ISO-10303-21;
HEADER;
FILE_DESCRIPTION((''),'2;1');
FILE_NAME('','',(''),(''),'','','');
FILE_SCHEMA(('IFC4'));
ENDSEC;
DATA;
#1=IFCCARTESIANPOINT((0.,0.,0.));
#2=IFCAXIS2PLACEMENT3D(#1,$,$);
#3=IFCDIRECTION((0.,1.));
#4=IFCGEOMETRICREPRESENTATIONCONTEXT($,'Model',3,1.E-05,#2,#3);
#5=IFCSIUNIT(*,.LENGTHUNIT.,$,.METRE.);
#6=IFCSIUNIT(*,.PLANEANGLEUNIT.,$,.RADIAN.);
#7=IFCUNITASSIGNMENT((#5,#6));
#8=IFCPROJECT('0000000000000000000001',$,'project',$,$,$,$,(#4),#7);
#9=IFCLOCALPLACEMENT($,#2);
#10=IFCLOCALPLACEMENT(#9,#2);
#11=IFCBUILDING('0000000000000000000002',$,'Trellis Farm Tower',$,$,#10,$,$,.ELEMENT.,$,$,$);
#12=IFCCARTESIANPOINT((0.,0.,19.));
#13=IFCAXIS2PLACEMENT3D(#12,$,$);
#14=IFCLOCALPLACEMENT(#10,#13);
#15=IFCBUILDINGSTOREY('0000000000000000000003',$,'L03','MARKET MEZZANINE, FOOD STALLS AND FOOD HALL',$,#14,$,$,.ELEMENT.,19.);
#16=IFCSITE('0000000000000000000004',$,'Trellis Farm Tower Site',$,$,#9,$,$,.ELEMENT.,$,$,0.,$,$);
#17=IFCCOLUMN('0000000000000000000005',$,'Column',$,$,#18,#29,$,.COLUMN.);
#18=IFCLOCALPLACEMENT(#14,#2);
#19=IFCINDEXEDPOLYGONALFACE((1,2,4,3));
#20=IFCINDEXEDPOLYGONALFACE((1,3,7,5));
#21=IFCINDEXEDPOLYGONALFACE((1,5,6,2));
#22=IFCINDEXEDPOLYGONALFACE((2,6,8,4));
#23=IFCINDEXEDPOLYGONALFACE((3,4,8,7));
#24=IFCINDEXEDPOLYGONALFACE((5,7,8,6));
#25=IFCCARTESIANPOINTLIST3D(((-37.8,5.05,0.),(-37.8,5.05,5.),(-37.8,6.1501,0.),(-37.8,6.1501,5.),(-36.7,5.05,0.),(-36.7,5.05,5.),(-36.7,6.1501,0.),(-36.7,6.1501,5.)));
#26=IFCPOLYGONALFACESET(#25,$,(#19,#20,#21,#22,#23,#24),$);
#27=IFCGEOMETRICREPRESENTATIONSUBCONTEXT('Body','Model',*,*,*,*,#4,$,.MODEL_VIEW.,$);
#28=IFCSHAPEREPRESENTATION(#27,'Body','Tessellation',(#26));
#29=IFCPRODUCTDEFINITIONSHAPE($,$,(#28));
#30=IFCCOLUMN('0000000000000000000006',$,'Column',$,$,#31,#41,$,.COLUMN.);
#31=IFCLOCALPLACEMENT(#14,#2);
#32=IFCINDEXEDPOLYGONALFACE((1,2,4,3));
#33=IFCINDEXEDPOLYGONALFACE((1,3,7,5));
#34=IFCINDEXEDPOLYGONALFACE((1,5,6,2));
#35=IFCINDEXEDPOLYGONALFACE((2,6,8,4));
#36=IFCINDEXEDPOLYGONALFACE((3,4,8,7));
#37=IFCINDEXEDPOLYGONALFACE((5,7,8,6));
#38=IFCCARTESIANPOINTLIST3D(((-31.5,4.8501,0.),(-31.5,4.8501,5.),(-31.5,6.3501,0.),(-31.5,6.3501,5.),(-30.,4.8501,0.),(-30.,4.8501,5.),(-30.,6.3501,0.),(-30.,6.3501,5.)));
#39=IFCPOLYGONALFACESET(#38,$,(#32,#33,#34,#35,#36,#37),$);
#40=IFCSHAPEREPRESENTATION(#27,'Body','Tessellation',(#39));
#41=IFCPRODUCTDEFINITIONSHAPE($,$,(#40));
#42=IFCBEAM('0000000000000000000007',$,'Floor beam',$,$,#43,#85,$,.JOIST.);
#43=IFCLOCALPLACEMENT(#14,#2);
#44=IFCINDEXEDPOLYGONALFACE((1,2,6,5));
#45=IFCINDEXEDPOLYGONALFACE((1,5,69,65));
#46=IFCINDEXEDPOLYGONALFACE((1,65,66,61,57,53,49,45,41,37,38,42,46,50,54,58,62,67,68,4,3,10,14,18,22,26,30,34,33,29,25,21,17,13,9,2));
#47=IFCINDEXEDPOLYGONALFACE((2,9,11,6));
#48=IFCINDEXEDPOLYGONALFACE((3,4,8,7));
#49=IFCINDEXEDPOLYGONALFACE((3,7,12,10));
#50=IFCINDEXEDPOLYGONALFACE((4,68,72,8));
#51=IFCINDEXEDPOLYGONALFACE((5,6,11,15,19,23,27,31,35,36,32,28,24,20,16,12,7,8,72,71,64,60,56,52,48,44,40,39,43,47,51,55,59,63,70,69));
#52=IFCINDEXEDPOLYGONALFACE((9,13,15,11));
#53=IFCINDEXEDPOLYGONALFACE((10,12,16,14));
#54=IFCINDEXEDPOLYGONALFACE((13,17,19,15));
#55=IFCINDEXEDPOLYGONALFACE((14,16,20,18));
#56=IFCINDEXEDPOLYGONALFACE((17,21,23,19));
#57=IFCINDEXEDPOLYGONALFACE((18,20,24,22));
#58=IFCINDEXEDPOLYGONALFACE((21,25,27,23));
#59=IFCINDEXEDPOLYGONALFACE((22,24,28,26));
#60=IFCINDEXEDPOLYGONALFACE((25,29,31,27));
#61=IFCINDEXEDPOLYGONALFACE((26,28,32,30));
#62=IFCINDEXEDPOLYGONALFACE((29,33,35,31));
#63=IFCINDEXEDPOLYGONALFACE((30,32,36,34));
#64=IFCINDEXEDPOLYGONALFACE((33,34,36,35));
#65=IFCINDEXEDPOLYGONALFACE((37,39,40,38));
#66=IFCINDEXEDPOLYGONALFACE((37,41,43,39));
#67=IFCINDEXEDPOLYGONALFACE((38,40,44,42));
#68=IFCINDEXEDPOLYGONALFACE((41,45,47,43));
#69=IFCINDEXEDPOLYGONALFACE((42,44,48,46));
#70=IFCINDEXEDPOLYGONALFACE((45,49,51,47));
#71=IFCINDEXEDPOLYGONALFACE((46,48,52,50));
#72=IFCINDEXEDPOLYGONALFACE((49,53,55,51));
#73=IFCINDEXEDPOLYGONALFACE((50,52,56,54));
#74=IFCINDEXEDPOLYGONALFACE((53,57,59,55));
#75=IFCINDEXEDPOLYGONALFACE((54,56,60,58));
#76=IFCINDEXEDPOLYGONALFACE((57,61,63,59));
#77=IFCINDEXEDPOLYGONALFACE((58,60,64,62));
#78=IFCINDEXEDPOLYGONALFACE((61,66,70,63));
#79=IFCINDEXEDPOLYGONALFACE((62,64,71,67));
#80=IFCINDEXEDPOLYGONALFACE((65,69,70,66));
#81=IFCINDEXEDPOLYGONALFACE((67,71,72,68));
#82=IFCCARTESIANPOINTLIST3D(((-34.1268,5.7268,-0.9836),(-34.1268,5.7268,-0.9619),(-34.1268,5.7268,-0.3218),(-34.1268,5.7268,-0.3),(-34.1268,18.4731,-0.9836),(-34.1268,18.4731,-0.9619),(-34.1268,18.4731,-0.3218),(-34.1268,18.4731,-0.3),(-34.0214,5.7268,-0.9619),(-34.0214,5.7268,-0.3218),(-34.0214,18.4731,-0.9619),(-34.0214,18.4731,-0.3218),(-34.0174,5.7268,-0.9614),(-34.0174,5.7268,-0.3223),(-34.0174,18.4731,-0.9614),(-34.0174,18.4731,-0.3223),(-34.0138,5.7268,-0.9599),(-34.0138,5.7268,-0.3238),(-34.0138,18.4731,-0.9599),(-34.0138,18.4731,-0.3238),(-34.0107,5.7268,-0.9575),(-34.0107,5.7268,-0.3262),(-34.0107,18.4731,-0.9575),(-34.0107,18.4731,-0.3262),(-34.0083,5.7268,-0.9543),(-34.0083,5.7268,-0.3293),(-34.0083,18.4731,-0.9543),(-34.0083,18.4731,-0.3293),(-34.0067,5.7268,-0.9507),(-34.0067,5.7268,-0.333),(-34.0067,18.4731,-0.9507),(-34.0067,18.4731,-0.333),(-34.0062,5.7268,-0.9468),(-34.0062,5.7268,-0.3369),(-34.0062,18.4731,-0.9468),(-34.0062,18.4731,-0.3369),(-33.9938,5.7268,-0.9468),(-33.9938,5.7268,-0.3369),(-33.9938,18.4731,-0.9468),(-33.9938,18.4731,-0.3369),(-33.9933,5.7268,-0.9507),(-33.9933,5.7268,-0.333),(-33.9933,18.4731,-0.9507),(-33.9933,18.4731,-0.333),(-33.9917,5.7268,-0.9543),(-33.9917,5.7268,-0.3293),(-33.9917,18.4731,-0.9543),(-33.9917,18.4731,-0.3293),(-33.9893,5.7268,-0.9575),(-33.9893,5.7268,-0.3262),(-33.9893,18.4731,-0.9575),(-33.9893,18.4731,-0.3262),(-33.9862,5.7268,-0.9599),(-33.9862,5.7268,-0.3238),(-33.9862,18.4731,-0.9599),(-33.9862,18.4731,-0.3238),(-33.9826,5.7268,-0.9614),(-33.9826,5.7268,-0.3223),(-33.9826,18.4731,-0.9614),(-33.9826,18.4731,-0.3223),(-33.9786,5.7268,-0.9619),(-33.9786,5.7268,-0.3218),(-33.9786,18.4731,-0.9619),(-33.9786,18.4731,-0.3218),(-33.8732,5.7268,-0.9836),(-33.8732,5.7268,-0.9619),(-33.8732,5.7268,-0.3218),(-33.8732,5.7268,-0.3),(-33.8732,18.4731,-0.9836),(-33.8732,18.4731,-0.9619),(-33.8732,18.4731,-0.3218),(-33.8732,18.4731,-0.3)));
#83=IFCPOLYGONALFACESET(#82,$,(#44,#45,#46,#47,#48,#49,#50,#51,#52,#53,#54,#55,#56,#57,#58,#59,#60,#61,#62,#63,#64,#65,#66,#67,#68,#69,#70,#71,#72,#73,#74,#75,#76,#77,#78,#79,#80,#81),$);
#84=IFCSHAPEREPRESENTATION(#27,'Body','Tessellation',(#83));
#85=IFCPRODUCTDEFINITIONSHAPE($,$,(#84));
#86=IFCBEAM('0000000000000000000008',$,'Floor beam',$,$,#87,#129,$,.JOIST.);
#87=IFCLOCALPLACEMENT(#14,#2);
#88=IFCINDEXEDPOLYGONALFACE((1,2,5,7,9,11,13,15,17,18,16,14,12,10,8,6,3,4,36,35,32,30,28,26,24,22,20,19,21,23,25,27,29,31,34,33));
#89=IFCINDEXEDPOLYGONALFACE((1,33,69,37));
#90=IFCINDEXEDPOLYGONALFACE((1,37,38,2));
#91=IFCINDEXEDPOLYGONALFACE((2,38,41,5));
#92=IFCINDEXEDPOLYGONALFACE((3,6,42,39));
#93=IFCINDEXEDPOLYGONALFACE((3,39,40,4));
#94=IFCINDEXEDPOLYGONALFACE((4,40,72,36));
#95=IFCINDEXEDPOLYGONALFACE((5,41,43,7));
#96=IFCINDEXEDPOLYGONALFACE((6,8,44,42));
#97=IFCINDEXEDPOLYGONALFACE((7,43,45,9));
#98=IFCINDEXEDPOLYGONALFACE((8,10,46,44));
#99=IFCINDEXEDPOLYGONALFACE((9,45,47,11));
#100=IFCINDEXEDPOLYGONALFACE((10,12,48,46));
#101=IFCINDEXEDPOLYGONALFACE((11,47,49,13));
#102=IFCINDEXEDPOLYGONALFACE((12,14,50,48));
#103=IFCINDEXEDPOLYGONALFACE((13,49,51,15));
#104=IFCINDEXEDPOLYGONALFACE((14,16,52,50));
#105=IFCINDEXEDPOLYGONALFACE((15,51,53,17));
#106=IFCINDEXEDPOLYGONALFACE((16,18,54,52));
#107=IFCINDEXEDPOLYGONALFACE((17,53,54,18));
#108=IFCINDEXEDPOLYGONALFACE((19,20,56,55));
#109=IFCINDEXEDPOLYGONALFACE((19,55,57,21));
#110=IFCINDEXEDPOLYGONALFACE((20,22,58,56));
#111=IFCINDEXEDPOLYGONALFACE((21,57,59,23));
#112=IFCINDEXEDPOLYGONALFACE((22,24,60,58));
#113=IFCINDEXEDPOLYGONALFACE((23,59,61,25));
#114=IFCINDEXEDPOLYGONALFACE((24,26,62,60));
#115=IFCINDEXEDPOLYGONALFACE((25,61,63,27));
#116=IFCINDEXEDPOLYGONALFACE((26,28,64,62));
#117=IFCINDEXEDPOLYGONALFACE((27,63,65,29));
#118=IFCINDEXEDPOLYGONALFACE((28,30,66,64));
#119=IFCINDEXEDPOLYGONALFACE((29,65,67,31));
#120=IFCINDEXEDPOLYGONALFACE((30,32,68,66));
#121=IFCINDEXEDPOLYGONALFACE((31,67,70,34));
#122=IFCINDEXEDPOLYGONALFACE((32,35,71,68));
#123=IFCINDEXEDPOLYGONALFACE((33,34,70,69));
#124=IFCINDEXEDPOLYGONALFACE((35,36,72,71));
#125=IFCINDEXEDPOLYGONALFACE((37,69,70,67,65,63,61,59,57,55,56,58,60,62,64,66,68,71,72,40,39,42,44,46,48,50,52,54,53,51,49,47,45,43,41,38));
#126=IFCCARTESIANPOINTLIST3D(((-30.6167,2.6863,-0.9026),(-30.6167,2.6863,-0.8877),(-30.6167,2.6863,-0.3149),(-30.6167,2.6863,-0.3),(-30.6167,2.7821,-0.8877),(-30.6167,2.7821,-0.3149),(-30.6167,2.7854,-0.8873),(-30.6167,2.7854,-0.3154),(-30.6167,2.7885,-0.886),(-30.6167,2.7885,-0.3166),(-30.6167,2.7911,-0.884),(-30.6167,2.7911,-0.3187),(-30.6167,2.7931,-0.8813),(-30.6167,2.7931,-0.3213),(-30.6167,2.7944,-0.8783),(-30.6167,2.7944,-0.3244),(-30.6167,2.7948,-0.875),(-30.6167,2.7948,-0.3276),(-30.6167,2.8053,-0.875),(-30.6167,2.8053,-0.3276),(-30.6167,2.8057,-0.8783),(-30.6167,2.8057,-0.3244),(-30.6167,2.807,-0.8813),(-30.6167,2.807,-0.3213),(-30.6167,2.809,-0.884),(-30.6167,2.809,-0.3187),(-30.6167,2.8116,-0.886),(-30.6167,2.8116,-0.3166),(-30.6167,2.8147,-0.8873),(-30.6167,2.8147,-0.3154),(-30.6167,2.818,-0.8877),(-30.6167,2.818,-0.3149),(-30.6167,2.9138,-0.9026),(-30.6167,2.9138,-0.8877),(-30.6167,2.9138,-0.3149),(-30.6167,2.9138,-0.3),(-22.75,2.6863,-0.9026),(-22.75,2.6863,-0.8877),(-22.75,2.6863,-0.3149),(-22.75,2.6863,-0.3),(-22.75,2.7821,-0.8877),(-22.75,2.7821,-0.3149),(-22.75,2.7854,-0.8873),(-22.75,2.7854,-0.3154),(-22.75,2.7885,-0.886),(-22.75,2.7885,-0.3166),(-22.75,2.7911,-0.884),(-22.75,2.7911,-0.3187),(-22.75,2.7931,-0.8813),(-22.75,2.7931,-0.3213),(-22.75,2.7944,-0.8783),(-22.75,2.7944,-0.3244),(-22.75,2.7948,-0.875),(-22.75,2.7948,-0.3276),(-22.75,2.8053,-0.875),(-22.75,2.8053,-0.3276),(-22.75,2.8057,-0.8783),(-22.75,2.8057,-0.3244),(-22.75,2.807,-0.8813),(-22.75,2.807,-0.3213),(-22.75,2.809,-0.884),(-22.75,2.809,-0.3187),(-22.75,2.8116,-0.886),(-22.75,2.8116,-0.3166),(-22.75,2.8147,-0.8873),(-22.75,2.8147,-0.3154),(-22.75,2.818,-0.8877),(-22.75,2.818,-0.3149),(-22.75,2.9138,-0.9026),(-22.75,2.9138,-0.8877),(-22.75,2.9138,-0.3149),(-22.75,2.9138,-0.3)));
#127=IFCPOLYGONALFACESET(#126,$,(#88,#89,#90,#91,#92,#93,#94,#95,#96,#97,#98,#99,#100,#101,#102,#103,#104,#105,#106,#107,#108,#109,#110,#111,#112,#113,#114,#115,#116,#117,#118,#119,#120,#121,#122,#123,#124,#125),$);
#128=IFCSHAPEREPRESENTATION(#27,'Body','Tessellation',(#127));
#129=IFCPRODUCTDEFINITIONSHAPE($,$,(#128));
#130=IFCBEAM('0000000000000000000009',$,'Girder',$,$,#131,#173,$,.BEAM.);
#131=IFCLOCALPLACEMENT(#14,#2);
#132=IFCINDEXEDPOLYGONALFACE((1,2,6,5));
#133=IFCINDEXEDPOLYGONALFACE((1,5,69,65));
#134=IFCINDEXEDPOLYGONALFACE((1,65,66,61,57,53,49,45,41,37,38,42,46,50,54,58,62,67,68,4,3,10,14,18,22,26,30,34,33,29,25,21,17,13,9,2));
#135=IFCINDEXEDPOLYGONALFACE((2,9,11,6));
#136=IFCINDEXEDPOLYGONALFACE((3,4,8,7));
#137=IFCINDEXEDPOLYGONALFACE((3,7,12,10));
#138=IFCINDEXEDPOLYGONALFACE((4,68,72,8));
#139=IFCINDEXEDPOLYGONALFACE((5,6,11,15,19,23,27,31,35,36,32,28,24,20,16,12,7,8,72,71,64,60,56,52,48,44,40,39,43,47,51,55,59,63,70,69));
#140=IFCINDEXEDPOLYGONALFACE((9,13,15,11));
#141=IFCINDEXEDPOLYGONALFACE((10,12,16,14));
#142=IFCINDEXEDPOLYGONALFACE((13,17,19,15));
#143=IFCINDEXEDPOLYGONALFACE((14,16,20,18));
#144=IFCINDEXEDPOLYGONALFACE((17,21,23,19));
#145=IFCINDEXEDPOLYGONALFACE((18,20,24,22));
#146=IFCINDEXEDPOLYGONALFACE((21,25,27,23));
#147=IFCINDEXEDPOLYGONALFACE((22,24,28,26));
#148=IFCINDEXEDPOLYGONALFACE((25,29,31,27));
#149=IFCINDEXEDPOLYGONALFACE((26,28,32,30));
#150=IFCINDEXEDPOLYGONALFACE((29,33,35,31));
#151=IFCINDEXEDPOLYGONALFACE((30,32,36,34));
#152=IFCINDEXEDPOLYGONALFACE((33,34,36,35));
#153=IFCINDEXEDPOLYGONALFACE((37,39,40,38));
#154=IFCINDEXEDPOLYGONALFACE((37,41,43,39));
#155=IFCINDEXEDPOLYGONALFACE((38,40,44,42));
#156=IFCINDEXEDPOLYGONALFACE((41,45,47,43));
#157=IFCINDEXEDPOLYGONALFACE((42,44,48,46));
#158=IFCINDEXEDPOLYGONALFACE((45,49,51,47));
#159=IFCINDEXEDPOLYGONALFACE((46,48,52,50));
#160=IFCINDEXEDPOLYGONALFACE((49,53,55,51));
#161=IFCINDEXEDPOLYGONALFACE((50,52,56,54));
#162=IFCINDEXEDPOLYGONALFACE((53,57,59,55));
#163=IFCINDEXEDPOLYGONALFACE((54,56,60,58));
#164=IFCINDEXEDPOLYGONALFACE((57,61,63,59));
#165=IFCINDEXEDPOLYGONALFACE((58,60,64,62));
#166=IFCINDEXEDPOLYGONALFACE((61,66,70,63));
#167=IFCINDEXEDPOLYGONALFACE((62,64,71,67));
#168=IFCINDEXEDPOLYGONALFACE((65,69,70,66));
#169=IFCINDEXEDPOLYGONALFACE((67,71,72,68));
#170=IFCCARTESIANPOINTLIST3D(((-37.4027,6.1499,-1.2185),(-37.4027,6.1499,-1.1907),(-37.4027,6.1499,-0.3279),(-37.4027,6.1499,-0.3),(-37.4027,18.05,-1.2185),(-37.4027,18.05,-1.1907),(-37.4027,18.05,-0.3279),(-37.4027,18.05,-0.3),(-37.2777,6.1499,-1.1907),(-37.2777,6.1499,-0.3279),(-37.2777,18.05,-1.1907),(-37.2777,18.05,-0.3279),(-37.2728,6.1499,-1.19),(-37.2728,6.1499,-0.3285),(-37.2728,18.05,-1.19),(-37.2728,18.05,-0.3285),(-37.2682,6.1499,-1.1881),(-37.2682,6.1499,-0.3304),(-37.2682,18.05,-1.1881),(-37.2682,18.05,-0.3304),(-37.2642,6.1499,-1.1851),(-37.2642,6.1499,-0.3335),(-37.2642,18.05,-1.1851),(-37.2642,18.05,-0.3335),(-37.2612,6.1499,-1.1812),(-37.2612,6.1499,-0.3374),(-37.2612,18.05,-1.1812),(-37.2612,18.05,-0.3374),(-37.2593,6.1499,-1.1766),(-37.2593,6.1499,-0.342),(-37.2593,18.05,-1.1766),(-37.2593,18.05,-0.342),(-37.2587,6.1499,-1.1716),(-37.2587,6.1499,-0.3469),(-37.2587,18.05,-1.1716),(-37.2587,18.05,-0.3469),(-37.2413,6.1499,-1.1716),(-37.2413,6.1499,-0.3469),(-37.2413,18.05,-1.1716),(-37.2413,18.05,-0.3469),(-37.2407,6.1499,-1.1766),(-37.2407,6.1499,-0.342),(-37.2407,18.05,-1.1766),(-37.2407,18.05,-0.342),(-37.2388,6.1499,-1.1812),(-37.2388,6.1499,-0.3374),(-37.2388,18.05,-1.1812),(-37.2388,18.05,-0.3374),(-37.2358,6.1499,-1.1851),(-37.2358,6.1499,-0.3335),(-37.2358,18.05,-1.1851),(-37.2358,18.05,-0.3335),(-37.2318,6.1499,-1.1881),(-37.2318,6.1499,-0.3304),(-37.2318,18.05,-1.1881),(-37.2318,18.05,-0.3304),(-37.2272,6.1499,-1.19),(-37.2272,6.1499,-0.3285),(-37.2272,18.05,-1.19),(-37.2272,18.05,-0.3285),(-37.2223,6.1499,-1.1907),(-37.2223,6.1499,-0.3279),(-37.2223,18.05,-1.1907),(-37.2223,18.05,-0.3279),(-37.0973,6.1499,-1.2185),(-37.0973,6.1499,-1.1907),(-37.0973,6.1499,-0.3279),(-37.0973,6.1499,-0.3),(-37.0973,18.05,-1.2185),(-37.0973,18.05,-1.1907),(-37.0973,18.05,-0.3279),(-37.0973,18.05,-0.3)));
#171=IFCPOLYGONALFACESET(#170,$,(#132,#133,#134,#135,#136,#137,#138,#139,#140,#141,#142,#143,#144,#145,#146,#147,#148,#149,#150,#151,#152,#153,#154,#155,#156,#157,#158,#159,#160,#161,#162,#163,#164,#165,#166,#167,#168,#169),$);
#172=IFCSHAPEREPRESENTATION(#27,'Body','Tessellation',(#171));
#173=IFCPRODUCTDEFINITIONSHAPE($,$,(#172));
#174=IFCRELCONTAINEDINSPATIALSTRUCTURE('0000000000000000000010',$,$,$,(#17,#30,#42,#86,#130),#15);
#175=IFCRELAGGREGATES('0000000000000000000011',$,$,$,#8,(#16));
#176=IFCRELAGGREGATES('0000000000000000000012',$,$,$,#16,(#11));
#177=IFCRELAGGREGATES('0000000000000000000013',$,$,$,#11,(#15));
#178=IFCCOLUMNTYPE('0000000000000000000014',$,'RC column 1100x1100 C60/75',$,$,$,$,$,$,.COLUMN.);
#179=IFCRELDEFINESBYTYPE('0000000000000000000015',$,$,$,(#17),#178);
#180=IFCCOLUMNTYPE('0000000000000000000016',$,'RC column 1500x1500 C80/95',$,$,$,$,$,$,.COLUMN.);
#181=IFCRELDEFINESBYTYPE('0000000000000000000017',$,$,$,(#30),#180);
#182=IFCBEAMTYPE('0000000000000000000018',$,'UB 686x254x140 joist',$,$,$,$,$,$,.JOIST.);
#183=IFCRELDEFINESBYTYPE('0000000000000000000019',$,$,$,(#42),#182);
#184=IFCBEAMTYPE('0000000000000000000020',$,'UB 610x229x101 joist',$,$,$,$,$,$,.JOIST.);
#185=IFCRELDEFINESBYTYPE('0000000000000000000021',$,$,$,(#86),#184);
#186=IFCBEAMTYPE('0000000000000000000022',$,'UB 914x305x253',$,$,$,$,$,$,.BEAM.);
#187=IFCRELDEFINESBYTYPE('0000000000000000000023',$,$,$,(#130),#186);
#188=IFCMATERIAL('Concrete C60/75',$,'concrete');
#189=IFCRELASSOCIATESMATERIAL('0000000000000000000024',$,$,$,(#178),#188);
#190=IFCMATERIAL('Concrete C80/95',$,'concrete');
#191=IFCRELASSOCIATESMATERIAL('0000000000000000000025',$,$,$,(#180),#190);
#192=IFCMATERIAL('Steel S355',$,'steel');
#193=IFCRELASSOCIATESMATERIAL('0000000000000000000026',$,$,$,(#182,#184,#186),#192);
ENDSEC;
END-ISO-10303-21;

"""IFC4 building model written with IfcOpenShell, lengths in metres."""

from ifc_helpers import new_model, si_unit, direction, frame, origin, origin_2d, place, context, subcontext, project, spatial, rectangle, i_section, extrude, source, transform, mapped, material, material_profile, profile_set, type_object, element, save


model = new_model("IFC4")

# Units and contexts
model_context = context("Model", 3, precision=1e-05, world=origin(), true_north=direction((0.0, 1.0)))
body_context = subcontext(model_context, "Body", "Model", "MODEL_VIEW")
ifc_project = project(units=[si_unit("LENGTHUNIT", "METRE"), si_unit("PLANEANGLEUNIT", "RADIAN")], contexts=[model_context])

# Site, building, storey
site_placement = place(None, origin())
site = spatial("IfcSite", under=ifc_project, at=site_placement, Name="Trellis Farm Tower Site", CompositionType="ELEMENT", RefElevation=0.0)
building_placement = place(site_placement, origin())
building = spatial("IfcBuilding", under=site, at=building_placement, Name="Trellis Farm Tower", CompositionType="ELEMENT")
storey_placement = place(building_placement, frame((0.0, 0.0, 19.0)))
storey = spatial("IfcBuildingStorey", under=building, at=storey_placement, Name="L03", Description="MARKET MEZZANINE, FOOD STALLS AND FOOD HALL", CompositionType="ELEMENT", Elevation=19.0)

# Columns
ifc_material_1 = material(Name="Concrete C60/75", Category="concrete")
ifc_material_profile_1 = material_profile(ifc_material_1, rectangle(XDim=1.1001, YDim=1.1001, at=origin_2d()), Name="RC column 1100x1100 C60/75")
ifc_profile_set_1 = profile_set([ifc_material_profile_1], Name="Concrete C60/75")
column_type_1 = type_object("IfcColumnType", Name="RC column 1100x1100 C60/75", PredefinedType="COLUMN", material=ifc_profile_set_1)
shared_shape_1 = source(origin(), body_context, "Body", "SweptSolid", [
    extrude(rectangle(XDim=1.1001, YDim=1.1001, at=origin_2d()), origin(), (0.0, 0.0, 1.0), 5.0),
])
column_1_placement = place(storey_placement, frame((-37.25, 5.6001, 0.0), z_axis=(0.0, 0.0, 1.0), x_axis=(1.0, 0.0, 0.0)))
element("IfcColumn", 1, at=column_1_placement, inside=storey, type_object=column_type_1, Name="Column", PredefinedType="COLUMN", context=body_context, shape_type="MappedRepresentation", body=[
    mapped(shared_shape_1, transform((0.0, 0.0, 0.0))),
])
ifc_material_2 = material(Name="Concrete C80/95", Category="concrete")
ifc_material_profile_2 = material_profile(ifc_material_2, rectangle(XDim=1.5, YDim=1.5, at=origin_2d()), Name="RC column 1500x1500 C80/95")
ifc_profile_set_2 = profile_set([ifc_material_profile_2], Name="Concrete C80/95")
column_type_2 = type_object("IfcColumnType", Name="RC column 1500x1500 C80/95", PredefinedType="COLUMN", material=ifc_profile_set_2)
shared_shape_2 = source(origin(), body_context, "Body", "SweptSolid", [
    extrude(rectangle(XDim=1.5, YDim=1.5, at=origin_2d()), origin(), (0.0, 0.0, 1.0), 5.0),
])
column_2_placement = place(storey_placement, frame((-30.75, 5.6001, 0.0), z_axis=(0.0, 0.0, 1.0), x_axis=(1.0, 0.0, 0.0)))
element("IfcColumn", 2, at=column_2_placement, inside=storey, type_object=column_type_2, Name="Column", PredefinedType="COLUMN", context=body_context, shape_type="MappedRepresentation", body=[
    mapped(shared_shape_2, transform((0.0, 0.0, 0.0))),
])

# Beams
ifc_material_3 = material(Name="Steel S355", Category="steel")
ifc_material_profile_3 = material_profile(ifc_material_3, i_section(OverallWidth=0.2537, OverallDepth=0.6836, WebThickness=0.0125, FlangeThickness=0.0217, FilletRadius=0.0151, at=origin_2d()), Name="UB 686x254x140")
ifc_profile_set_3 = profile_set([ifc_material_profile_3], Name="Steel S355")
beam_type_1 = type_object("IfcBeamType", Name="UB 686x254x140 joist", PredefinedType="JOIST", material=ifc_profile_set_3)
shared_shape_3 = source(origin(), body_context, "Body", "SweptSolid", [
    extrude(i_section(OverallWidth=0.2537, OverallDepth=0.6836, WebThickness=0.0125, FlangeThickness=0.0217, FilletRadius=0.0151, at=origin_2d()), origin(), (0.0, 0.0, 1.0), 12.7463),
])
beam_1_placement = place(storey_placement, frame((-34.0, 5.7268, -0.6418), z_axis=(0.0, 1.0, 0.0), x_axis=(-1.0, 0.0, 0.0)))
element("IfcBeam", 3, at=beam_1_placement, inside=storey, type_object=beam_type_1, Name="Floor beam", PredefinedType="JOIST", context=body_context, shape_type="MappedRepresentation", body=[
    mapped(shared_shape_3, transform((0.0, 0.0, 0.0))),
])
ifc_material_profile_4 = material_profile(ifc_material_3, i_section(OverallWidth=0.2275, OverallDepth=0.6025, WebThickness=0.0105, FlangeThickness=0.0149, FilletRadius=0.0127, at=origin_2d()), Name="UB 610x229x101")
ifc_profile_set_4 = profile_set([ifc_material_profile_4], Name="Steel S355")
beam_type_2 = type_object("IfcBeamType", Name="UB 610x229x101 joist", PredefinedType="JOIST", material=ifc_profile_set_4)
shared_shape_4 = source(origin(), body_context, "Body", "SweptSolid", [
    extrude(i_section(OverallWidth=0.2275, OverallDepth=0.6025, WebThickness=0.0105, FlangeThickness=0.0149, FilletRadius=0.0127, at=origin_2d()), origin(), (0.0, 0.0, 1.0), 7.8667),
])
beam_2_placement = place(storey_placement, frame((-30.6167, 2.8, -0.6013), z_axis=(1.0, 0.0, 0.0), x_axis=(0.0, 1.0, 0.0)))
element("IfcBeam", 4, at=beam_2_placement, inside=storey, type_object=beam_type_2, Name="Floor beam", PredefinedType="JOIST", context=body_context, shape_type="MappedRepresentation", body=[
    mapped(shared_shape_4, transform((0.0, 0.0, 0.0))),
])
ifc_material_profile_5 = material_profile(ifc_material_3, i_section(OverallWidth=0.3054, OverallDepth=0.9185, WebThickness=0.0173, FlangeThickness=0.0278, FilletRadius=0.019, at=origin_2d()), Name="UB 914x305x253")
ifc_profile_set_5 = profile_set([ifc_material_profile_5], Name="Steel S355")
beam_type_3 = type_object("IfcBeamType", Name="UB 914x305x253", PredefinedType="BEAM", material=ifc_profile_set_5)
shared_shape_5 = source(origin(), body_context, "Body", "SweptSolid", [
    extrude(i_section(OverallWidth=0.3054, OverallDepth=0.9185, WebThickness=0.0173, FlangeThickness=0.0278, FilletRadius=0.019, at=origin_2d()), origin(), (0.0, 0.0, 1.0), 11.9001),
])
beam_3_placement = place(storey_placement, frame((-37.25, 6.1499, -0.7593), z_axis=(0.0, 1.0, 0.0), x_axis=(-1.0, 0.0, 0.0)))
element("IfcBeam", 5, at=beam_3_placement, inside=storey, type_object=beam_type_3, Name="Girder", PredefinedType="BEAM", context=body_context, shape_type="MappedRepresentation", body=[
    mapped(shared_shape_5, transform((0.0, 0.0, 0.0))),
])

save(model, "model.ifc")
